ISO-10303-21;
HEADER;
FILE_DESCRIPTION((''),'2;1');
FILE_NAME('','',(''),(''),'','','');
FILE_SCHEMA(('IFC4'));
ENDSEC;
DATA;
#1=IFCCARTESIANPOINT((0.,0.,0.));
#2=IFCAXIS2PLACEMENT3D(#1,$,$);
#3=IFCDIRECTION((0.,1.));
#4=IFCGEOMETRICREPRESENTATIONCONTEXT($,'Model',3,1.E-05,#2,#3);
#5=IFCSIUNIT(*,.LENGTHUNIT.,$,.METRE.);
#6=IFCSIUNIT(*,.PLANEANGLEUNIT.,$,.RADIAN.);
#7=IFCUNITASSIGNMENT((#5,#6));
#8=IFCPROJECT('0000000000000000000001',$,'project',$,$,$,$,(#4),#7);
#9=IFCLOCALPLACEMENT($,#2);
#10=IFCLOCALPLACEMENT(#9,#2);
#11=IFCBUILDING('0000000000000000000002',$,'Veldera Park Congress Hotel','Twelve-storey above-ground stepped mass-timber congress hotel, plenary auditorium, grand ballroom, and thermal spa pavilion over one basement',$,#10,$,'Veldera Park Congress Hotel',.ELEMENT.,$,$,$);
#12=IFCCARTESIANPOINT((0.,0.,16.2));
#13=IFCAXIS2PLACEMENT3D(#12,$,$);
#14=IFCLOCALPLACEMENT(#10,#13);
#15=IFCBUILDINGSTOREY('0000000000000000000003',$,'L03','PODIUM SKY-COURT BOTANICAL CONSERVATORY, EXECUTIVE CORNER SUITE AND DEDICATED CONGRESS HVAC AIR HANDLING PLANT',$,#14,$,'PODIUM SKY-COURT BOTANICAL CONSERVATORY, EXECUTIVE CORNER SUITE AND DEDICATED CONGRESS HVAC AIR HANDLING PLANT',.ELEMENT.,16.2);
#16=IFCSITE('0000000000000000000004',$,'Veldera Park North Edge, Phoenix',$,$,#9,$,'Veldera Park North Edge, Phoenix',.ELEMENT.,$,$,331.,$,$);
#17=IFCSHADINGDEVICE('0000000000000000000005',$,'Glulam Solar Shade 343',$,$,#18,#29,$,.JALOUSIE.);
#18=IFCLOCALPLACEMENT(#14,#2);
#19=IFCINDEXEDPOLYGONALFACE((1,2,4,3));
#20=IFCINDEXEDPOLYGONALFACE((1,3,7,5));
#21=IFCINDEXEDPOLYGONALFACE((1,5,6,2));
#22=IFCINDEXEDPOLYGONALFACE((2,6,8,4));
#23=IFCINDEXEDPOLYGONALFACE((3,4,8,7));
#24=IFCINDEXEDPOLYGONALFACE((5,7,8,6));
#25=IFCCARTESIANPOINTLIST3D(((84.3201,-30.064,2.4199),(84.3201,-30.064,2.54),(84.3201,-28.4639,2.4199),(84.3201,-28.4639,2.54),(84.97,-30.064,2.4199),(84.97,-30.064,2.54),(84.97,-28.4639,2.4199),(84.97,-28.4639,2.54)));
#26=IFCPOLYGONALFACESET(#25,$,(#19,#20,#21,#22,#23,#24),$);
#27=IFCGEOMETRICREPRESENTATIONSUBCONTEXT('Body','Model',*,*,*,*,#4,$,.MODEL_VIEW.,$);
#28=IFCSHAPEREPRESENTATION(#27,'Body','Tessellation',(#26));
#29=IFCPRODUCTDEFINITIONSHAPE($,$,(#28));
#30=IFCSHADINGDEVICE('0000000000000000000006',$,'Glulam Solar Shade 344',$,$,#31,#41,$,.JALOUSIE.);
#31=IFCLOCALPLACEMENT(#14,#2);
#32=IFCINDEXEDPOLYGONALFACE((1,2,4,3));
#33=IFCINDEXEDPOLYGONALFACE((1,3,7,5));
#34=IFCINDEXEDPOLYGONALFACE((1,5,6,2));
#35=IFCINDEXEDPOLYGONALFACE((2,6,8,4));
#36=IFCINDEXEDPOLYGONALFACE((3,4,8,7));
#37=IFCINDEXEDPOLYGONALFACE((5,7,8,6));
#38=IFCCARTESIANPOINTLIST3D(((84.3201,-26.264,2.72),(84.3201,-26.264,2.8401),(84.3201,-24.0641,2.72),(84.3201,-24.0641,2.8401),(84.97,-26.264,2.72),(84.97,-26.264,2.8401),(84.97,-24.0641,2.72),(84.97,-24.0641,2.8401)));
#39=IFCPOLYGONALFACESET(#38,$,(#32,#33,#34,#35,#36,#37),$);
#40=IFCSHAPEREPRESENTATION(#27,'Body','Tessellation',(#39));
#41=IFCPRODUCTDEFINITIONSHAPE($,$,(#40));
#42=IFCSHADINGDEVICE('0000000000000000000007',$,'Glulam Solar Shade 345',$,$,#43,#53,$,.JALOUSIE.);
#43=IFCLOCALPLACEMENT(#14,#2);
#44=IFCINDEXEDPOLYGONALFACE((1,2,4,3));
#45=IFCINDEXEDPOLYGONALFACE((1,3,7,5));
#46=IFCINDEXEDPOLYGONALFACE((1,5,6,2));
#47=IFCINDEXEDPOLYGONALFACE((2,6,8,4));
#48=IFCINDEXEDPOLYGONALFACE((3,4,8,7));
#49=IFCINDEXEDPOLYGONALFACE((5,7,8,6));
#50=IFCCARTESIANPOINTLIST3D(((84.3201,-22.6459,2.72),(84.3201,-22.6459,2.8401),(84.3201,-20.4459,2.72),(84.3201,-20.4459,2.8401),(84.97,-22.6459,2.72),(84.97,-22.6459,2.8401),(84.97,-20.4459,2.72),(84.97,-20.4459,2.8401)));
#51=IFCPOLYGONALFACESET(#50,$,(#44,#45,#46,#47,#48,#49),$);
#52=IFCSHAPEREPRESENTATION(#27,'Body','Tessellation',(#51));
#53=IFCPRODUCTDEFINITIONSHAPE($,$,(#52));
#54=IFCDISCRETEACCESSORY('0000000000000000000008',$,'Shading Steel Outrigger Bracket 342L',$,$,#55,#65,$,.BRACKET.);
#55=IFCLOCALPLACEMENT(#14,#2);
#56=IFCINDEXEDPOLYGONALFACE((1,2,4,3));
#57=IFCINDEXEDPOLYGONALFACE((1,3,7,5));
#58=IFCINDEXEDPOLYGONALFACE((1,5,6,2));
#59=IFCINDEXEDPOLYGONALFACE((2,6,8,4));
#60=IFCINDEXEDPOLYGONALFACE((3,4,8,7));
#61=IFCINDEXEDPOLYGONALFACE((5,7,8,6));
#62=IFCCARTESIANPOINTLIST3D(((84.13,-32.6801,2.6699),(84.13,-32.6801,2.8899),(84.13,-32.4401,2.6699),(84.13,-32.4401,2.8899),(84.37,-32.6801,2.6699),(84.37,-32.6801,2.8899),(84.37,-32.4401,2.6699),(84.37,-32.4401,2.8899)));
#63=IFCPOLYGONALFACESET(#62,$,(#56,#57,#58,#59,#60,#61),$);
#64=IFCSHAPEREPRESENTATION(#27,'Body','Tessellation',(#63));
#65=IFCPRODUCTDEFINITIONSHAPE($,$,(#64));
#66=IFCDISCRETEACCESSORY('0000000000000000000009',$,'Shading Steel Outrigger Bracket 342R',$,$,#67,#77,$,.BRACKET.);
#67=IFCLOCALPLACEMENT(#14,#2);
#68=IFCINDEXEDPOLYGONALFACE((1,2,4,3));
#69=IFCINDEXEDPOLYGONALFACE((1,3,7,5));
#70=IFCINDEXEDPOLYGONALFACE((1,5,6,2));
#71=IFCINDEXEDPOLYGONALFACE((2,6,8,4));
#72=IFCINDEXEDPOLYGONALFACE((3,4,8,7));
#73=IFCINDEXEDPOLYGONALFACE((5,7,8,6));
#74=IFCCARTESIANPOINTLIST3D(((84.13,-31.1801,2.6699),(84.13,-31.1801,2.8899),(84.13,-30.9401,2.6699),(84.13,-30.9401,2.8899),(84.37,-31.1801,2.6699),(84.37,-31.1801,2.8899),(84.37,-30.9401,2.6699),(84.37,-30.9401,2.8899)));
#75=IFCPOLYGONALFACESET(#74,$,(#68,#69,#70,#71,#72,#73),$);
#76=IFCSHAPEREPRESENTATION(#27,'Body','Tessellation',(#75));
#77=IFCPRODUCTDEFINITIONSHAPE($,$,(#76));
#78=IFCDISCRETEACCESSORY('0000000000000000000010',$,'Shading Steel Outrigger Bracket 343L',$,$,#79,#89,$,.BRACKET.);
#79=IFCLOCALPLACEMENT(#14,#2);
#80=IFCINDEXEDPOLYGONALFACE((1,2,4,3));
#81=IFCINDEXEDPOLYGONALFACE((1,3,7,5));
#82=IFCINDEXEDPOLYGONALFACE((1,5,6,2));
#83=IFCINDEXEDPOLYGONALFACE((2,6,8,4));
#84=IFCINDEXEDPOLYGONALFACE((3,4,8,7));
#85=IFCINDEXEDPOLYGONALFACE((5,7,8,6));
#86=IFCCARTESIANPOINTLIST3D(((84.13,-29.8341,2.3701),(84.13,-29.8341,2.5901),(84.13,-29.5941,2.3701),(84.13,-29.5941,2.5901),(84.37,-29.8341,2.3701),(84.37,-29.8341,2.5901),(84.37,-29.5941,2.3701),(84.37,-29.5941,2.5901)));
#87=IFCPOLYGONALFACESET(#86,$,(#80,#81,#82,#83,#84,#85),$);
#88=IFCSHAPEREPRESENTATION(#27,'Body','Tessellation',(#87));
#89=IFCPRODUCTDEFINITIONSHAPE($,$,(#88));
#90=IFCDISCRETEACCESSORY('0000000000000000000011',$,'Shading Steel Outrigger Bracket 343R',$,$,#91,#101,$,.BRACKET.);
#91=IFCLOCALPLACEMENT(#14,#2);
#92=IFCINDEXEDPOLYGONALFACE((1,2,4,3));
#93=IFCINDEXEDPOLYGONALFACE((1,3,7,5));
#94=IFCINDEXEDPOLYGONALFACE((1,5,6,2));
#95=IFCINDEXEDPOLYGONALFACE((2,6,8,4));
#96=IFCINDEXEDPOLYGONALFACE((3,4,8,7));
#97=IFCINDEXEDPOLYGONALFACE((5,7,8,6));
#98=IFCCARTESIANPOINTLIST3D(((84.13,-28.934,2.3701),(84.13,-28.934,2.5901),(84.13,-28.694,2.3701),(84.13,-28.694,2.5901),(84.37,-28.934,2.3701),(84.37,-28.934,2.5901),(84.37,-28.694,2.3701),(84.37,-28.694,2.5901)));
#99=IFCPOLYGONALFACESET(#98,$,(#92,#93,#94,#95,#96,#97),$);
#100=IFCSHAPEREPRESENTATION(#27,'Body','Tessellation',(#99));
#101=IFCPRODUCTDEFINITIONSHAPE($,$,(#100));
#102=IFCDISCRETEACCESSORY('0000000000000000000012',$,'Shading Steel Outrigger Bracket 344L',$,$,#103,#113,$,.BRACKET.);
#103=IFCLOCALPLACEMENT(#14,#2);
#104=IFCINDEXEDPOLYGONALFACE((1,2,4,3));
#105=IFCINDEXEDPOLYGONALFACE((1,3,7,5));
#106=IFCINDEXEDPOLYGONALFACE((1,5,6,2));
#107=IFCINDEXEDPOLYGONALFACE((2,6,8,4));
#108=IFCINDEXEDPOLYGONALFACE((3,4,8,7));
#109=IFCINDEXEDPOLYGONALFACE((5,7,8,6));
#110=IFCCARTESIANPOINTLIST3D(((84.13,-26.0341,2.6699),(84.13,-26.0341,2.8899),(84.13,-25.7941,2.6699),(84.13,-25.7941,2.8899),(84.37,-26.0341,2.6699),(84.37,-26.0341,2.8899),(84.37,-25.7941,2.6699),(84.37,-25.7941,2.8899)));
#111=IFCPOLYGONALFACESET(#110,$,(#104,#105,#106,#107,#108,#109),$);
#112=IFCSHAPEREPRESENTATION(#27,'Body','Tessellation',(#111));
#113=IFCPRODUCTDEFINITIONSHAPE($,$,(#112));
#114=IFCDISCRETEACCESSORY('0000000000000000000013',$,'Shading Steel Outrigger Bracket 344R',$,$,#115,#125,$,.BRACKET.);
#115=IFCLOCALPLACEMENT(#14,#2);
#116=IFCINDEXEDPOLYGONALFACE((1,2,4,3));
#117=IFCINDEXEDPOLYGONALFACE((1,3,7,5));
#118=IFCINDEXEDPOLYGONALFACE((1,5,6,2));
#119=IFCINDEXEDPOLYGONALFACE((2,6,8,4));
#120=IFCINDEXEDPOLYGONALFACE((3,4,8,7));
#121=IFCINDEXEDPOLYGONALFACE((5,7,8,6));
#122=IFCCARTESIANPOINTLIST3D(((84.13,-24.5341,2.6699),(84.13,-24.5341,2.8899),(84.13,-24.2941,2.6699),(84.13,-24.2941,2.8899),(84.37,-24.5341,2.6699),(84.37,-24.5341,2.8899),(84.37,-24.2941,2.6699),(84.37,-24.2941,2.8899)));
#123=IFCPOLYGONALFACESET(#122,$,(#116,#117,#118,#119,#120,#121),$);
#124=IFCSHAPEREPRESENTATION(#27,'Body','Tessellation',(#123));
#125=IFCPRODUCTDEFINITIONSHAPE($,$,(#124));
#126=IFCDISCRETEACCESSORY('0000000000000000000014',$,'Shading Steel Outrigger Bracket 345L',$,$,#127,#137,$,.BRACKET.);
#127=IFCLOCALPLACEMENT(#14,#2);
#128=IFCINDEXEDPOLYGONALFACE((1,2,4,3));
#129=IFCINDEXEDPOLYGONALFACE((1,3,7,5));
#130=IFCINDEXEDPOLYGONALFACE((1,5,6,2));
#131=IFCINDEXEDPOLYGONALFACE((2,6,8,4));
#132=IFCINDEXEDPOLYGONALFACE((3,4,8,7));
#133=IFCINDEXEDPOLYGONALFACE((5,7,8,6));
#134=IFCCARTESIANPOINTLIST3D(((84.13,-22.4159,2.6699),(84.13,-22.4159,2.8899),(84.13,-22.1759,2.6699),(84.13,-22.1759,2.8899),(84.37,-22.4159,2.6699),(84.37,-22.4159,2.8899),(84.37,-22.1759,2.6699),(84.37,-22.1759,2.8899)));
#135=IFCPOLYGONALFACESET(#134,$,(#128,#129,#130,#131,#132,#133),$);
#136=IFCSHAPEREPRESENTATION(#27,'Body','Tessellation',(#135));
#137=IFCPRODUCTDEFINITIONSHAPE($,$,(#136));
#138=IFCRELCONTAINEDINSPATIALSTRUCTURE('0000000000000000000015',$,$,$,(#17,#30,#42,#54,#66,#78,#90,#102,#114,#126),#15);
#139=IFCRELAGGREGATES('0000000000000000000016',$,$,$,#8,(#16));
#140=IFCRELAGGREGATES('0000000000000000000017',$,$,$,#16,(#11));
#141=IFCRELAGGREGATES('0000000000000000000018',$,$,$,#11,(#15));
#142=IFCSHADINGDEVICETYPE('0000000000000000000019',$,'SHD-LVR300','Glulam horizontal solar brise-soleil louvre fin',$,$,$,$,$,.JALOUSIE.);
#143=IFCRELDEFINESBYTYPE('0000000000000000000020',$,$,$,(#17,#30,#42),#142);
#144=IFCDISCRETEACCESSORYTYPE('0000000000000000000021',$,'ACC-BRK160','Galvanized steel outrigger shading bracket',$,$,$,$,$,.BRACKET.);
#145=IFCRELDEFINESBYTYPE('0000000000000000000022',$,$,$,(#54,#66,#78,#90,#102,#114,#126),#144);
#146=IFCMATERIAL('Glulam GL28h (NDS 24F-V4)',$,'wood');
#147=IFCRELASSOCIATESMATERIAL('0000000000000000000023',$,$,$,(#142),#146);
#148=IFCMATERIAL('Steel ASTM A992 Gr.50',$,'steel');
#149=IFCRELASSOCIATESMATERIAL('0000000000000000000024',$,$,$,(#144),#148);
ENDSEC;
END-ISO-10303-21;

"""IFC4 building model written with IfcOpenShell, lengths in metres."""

from ifc_helpers import new_model, si_unit, direction, frame, origin, origin_2d, place, context, subcontext, project, spatial, rectangle, extrude, material, type_object, element, save


model = new_model("IFC4")

# Units and contexts
model_context = context("Model", 3, precision=1e-05, world=origin(), true_north=direction((0.0, 1.0)))
body_context = subcontext(model_context, "Body", "Model", "MODEL_VIEW")
ifc_project = project(units=[si_unit("LENGTHUNIT", "METRE"), si_unit("PLANEANGLEUNIT", "RADIAN")], contexts=[model_context])

# Site, building, storey
site_placement = place(None, origin())
site = spatial("IfcSite", under=ifc_project, at=site_placement, Name="Veldera Park North Edge, Phoenix", LongName="Veldera Park North Edge, Phoenix", CompositionType="ELEMENT", RefElevation=331.0)
building_placement = place(site_placement, origin())
building = spatial("IfcBuilding", under=site, at=building_placement, Name="Veldera Park Congress Hotel", Description="Twelve-storey above-ground stepped mass-timber congress hotel, plenary auditorium, grand ballroom, and thermal spa pavilion over one basement", LongName="Veldera Park Congress Hotel", CompositionType="ELEMENT")
storey_placement = place(building_placement, frame((0.0, 0.0, 16.2)))
storey = spatial("IfcBuildingStorey", under=building, at=storey_placement, Name="L03", Description="PODIUM SKY-COURT BOTANICAL CONSERVATORY, EXECUTIVE CORNER SUITE AND DEDICATED CONGRESS HVAC AIR HANDLING PLANT", LongName="PODIUM SKY-COURT BOTANICAL CONSERVATORY, EXECUTIVE CORNER SUITE AND DEDICATED CONGRESS HVAC AIR HANDLING PLANT", CompositionType="ELEMENT", Elevation=16.2)

# Shared definitions
ifc_material_1 = material(Name="Glulam GL28h (NDS 24F-V4)", Category="wood")

# Shading devices
shading_device_type = type_object("IfcShadingDeviceType", Name="SHD-LVR300", Description="Glulam horizontal solar brise-soleil louvre fin", PredefinedType="JALOUSIE", material=ifc_material_1)
shading_device_1_placement = place(storey_placement, frame((84.645, -29.2639, 2.4199), z_axis=(0.0, 0.0, 1.0), x_axis=(0.0, 1.0, 0.0)))
element("IfcShadingDevice", 1, at=shading_device_1_placement, inside=storey, type_object=shading_device_type, Name="Glulam Solar Shade 343", PredefinedType="JALOUSIE", context=body_context, shape_type="SweptSolid", body=[
    extrude(rectangle(XDim=1.6001, YDim=0.6499, at=origin_2d()), origin(), (0.0, 0.0, 1.0), 0.1201),
])
for number, where, z_axis, x_axis, name in (
    (2, (84.645, -25.1641, 2.72), (0.0, 0.0, 1.0), (0.0, 1.0, 0.0), "Glulam Solar Shade 344"),
    (3, (84.645, -21.5459, 2.72), (0.0, 0.0, 1.0), (0.0, 1.0, 0.0), "Glulam Solar Shade 345"),
):
    element("IfcShadingDevice", number, at=place(storey_placement, frame(where, z_axis=z_axis, x_axis=x_axis)), inside=storey, type_object=shading_device_type, Name=name, PredefinedType="JALOUSIE", context=body_context, shape_type="SweptSolid", body=[
        extrude(rectangle(XDim=2.2, YDim=0.6499, at=origin_2d()), origin(), (0.0, 0.0, 1.0), 0.1201),
    ])

# Discrete accessories
ifc_material_2 = material(Name="Steel ASTM A992 Gr.50", Category="steel")
discrete_accessory_type = type_object("IfcDiscreteAccessoryType", Name="ACC-BRK160", Description="Galvanized steel outrigger shading bracket", PredefinedType="BRACKET", material=ifc_material_2)
for number, where, z_axis, x_axis, name in (
    (4, (84.25, -32.5601, 2.6699), (0.0, 0.0, 1.0), (0.0, 1.0, 0.0), "Shading Steel Outrigger Bracket 342L"),
    (5, (84.25, -31.0601, 2.6699), (0.0, 0.0, 1.0), (0.0, 1.0, 0.0), "Shading Steel Outrigger Bracket 342R"),
    (6, (84.25, -29.7141, 2.3701), (0.0, 0.0, 1.0), (0.0, 1.0, 0.0), "Shading Steel Outrigger Bracket 343L"),
    (7, (84.25, -28.814, 2.3701), (0.0, 0.0, 1.0), (0.0, 1.0, 0.0), "Shading Steel Outrigger Bracket 343R"),
    (8, (84.25, -25.9141, 2.6699), (0.0, 0.0, 1.0), (0.0, 1.0, 0.0), "Shading Steel Outrigger Bracket 344L"),
    (9, (84.25, -24.4141, 2.6699), (0.0, 0.0, 1.0), (0.0, 1.0, 0.0), "Shading Steel Outrigger Bracket 344R"),
    (10, (84.25, -22.2959, 2.6699), (0.0, 0.0, 1.0), (0.0, 1.0, 0.0), "Shading Steel Outrigger Bracket 345L"),
):
    element("IfcDiscreteAccessory", number, at=place(storey_placement, frame(where, z_axis=z_axis, x_axis=x_axis)), inside=storey, type_object=discrete_accessory_type, Name=name, PredefinedType="BRACKET", context=body_context, shape_type="SweptSolid", body=[
        extrude(rectangle(XDim=0.24, YDim=0.24, at=origin_2d()), origin(), (0.0, 0.0, 1.0), 0.22),
    ])

save(model, "model.ifc")
